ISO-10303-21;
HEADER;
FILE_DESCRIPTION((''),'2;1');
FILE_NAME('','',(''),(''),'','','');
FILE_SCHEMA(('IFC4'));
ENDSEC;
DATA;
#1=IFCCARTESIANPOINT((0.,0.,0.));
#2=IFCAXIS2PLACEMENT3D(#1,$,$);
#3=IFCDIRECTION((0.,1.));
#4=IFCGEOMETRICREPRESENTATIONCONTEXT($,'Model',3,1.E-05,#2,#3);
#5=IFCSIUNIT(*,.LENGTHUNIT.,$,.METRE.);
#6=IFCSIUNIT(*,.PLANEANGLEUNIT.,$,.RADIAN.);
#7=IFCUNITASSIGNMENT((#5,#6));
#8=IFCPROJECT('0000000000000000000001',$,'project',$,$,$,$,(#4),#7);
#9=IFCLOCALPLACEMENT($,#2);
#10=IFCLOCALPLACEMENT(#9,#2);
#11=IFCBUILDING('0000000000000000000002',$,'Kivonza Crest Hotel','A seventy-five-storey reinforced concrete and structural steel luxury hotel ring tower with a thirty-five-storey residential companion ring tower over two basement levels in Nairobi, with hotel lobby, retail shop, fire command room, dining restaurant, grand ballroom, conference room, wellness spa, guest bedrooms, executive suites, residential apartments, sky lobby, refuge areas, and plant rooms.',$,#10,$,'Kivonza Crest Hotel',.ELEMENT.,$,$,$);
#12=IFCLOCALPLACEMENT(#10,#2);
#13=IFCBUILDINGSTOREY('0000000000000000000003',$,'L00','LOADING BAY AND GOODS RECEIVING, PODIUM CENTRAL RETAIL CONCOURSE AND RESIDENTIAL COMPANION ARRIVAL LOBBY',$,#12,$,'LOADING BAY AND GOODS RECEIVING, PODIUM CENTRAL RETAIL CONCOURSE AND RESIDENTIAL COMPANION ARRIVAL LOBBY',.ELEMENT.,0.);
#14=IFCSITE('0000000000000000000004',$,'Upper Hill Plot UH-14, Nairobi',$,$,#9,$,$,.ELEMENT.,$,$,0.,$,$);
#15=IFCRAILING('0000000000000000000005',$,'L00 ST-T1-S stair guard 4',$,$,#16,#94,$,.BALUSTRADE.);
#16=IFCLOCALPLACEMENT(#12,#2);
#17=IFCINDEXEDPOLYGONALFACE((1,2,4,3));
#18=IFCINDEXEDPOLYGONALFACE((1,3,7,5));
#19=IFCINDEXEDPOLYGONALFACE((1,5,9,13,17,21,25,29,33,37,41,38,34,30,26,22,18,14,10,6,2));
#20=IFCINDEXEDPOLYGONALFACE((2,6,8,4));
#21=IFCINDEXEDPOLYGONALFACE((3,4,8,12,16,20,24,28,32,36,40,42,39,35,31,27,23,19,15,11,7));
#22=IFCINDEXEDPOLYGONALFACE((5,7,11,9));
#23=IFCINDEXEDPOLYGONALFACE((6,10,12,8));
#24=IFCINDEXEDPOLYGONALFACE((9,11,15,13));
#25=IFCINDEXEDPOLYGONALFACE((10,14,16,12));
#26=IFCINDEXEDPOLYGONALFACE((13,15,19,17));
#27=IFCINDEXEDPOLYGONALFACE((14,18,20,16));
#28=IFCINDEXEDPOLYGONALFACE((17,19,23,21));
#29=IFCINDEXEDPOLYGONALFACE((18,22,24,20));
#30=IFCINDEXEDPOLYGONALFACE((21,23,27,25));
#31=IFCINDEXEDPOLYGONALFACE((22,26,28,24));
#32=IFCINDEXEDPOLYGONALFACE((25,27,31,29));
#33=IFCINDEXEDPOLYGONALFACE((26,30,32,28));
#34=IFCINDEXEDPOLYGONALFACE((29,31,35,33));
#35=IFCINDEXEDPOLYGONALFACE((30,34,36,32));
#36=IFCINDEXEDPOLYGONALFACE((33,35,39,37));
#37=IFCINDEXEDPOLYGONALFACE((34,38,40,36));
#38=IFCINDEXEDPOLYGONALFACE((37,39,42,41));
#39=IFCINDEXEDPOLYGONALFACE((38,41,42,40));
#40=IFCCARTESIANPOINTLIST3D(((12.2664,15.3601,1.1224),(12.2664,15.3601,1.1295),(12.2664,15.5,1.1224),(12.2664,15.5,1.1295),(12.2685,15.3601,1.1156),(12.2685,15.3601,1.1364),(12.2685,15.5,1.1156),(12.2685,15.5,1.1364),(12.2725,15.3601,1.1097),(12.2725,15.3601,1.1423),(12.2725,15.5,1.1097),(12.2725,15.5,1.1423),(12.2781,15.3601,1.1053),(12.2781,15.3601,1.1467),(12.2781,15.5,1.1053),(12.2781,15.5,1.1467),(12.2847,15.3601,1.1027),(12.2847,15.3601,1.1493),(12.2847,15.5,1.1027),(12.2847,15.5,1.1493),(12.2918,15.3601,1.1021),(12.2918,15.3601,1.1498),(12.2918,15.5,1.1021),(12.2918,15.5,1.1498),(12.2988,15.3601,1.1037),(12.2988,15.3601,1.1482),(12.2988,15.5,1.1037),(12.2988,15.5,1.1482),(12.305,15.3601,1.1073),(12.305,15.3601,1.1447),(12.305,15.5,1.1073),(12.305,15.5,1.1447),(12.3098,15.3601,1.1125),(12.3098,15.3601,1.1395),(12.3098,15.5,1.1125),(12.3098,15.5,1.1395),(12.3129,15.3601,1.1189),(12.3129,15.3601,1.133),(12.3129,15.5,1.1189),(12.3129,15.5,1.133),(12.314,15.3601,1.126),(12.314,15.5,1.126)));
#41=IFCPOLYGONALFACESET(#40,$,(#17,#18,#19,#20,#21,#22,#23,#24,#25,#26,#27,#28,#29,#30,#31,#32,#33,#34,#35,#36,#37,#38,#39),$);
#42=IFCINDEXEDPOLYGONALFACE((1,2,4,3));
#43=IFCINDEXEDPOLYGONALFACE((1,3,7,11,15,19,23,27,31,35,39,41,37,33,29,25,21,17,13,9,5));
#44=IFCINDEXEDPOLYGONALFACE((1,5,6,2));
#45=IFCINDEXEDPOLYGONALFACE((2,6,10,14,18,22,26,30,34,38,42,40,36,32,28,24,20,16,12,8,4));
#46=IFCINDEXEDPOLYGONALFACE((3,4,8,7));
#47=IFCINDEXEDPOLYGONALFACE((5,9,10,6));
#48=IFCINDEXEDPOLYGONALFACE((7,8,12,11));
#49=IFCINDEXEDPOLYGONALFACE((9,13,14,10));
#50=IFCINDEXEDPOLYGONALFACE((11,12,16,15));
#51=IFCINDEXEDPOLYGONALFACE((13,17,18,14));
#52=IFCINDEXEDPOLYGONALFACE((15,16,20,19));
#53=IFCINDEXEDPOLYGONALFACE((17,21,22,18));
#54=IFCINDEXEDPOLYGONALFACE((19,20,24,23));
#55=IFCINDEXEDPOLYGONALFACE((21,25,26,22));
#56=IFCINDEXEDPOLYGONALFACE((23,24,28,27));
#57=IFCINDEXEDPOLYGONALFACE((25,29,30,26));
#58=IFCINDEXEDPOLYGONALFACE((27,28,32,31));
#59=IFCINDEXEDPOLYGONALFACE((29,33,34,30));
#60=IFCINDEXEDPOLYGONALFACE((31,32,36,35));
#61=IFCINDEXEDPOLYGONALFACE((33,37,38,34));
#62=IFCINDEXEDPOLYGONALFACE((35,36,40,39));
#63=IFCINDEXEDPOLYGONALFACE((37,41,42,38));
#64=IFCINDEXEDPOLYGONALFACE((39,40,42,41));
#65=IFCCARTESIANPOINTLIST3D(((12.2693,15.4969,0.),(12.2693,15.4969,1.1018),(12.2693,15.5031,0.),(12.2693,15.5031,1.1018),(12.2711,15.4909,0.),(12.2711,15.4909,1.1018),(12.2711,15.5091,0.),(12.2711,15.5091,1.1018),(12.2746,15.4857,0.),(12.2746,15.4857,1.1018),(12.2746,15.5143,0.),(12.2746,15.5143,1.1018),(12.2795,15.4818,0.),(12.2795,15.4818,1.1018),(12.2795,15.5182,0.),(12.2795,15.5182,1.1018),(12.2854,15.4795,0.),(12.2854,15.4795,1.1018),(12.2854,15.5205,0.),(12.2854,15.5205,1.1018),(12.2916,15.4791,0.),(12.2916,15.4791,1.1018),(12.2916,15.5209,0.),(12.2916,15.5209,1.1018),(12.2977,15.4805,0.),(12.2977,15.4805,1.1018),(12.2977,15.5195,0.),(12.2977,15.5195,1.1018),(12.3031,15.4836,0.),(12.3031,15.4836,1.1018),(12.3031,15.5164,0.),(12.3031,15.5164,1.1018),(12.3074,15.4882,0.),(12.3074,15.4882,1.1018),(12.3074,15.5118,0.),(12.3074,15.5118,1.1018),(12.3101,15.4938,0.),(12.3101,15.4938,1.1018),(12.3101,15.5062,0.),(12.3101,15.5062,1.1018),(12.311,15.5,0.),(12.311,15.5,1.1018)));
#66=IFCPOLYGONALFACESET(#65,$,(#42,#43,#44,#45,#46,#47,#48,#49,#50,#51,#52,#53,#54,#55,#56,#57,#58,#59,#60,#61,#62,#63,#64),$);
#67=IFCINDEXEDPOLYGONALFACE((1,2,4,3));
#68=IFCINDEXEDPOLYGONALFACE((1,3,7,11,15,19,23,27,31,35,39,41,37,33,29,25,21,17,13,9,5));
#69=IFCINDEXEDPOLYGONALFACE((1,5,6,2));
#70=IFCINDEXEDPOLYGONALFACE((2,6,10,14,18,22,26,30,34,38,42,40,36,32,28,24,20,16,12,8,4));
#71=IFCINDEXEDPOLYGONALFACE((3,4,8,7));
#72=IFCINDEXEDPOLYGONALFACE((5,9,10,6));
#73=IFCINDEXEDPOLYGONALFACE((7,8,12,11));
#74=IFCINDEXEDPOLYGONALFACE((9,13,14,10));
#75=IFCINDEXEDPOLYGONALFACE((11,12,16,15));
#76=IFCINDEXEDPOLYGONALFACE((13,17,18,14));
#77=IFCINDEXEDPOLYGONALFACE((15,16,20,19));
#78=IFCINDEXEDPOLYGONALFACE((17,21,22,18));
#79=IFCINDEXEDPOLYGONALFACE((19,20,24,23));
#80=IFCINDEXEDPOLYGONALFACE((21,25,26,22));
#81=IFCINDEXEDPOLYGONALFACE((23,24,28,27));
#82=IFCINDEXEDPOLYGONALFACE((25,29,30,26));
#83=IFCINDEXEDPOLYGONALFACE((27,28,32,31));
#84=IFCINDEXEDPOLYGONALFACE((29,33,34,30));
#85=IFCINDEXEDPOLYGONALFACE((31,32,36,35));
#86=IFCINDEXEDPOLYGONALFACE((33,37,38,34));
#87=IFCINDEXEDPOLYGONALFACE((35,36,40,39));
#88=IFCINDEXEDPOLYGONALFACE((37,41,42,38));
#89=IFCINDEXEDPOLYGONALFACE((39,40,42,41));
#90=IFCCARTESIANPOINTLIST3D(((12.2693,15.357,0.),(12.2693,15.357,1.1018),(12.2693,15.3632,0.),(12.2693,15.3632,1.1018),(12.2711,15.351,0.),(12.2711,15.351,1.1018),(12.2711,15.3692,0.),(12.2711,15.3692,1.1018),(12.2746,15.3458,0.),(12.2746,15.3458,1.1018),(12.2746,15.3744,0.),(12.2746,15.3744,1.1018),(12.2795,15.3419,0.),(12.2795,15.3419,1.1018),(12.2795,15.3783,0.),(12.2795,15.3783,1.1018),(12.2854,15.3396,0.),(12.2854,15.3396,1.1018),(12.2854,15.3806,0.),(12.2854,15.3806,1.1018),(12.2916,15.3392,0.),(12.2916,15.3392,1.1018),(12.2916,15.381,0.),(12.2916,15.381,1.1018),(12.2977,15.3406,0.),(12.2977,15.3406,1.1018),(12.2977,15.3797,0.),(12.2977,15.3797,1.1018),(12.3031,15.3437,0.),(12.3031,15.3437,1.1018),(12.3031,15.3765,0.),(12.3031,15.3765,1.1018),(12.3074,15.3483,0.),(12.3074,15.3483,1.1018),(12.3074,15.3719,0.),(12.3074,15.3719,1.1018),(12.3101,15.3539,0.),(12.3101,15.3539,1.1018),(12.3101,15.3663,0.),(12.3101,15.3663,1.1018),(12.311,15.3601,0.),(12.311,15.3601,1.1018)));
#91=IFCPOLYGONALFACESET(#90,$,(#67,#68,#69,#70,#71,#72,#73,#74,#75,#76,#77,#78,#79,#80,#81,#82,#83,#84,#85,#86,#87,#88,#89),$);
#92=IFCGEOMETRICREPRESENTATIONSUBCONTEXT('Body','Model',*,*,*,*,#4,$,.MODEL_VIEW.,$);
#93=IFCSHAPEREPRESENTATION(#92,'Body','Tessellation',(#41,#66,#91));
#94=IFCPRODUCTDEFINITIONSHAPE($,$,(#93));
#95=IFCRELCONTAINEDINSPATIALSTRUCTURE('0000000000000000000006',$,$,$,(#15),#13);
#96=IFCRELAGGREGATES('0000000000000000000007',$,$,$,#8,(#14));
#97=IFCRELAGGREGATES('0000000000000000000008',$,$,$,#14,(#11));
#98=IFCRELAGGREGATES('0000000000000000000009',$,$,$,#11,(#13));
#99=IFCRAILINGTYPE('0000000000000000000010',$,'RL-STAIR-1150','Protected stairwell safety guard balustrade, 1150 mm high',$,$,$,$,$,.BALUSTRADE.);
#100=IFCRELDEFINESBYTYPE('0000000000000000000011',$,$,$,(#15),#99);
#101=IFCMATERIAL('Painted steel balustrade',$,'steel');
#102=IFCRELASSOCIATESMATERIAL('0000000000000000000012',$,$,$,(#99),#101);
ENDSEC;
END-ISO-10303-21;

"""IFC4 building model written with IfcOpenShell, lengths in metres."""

from ifc_helpers import new_model, si_unit, direction, frame, origin, origin_2d, place, context, subcontext, project, spatial, circle, extrude, material, type_object, element, save


model = new_model("IFC4")

# Units and contexts
model_context = context("Model", 3, precision=1e-05, world=origin(), true_north=direction((0.0, 1.0)))
body_context = subcontext(model_context, "Body", "Model", "MODEL_VIEW")
ifc_project = project(units=[si_unit("LENGTHUNIT", "METRE"), si_unit("PLANEANGLEUNIT", "RADIAN")], contexts=[model_context])

# Site, building, storey
site_placement = place(None, origin())
site = spatial("IfcSite", under=ifc_project, at=site_placement, Name="Upper Hill Plot UH-14, Nairobi", CompositionType="ELEMENT", RefElevation=0.0)
building_placement = place(site_placement, origin())
building = spatial("IfcBuilding", under=site, at=building_placement, Name="Kivonza Crest Hotel", Description="A seventy-five-storey reinforced concrete and structural steel luxury hotel ring tower with a thirty-five-storey residential companion ring tower over two basement levels in Nairobi, with hotel lobby, retail shop, fire command room, dining restaurant, grand ballroom, conference room, wellness spa, guest bedrooms, executive suites, residential apartments, sky lobby, refuge areas, and plant rooms.", LongName="Kivonza Crest Hotel", CompositionType="ELEMENT")
storey_placement = place(building_placement, origin())
storey = spatial("IfcBuildingStorey", under=building, at=storey_placement, Name="L00", Description="LOADING BAY AND GOODS RECEIVING, PODIUM CENTRAL RETAIL CONCOURSE AND RESIDENTIAL COMPANION ARRIVAL LOBBY", LongName="LOADING BAY AND GOODS RECEIVING, PODIUM CENTRAL RETAIL CONCOURSE AND RESIDENTIAL COMPANION ARRIVAL LOBBY", CompositionType="ELEMENT", Elevation=0.0)

# Railing
ifc_material_1 = material(Name="Painted steel balustrade", Category="steel")
railing_type_1 = type_object("IfcRailingType", Name="RL-STAIR-1150", Description="Protected stairwell safety guard balustrade, 1150 mm high", PredefinedType="BALUSTRADE", material=ifc_material_1)
railing_1_placement = place(storey_placement, frame((12.29, 15.5, 0.0)))
element("IfcRailing", 1, at=railing_1_placement, inside=storey, type_object=railing_type_1, Name="L00 ST-T1-S stair guard 4", PredefinedType="BALUSTRADE", context=body_context, shape_type="SweptSolid", body=[
    extrude(circle(Radius=0.0239, at=origin_2d()), frame((0.0, 0.0, 1.126), z_axis=(0.0, -1.0, 0.0), x_axis=(1.0, 0.0, 0.0)), (0.0, 0.0, 1.0), 0.1399),
    extrude(circle(Radius=0.021, at=origin_2d()), origin(), (0.0, 0.0, 1.0), 1.1018),
    extrude(circle(Radius=0.021, at=origin_2d()), frame((0.0, -0.1399, 0.0)), (0.0, 0.0, 1.0), 1.1018),
])

save(model, "model.ifc")
